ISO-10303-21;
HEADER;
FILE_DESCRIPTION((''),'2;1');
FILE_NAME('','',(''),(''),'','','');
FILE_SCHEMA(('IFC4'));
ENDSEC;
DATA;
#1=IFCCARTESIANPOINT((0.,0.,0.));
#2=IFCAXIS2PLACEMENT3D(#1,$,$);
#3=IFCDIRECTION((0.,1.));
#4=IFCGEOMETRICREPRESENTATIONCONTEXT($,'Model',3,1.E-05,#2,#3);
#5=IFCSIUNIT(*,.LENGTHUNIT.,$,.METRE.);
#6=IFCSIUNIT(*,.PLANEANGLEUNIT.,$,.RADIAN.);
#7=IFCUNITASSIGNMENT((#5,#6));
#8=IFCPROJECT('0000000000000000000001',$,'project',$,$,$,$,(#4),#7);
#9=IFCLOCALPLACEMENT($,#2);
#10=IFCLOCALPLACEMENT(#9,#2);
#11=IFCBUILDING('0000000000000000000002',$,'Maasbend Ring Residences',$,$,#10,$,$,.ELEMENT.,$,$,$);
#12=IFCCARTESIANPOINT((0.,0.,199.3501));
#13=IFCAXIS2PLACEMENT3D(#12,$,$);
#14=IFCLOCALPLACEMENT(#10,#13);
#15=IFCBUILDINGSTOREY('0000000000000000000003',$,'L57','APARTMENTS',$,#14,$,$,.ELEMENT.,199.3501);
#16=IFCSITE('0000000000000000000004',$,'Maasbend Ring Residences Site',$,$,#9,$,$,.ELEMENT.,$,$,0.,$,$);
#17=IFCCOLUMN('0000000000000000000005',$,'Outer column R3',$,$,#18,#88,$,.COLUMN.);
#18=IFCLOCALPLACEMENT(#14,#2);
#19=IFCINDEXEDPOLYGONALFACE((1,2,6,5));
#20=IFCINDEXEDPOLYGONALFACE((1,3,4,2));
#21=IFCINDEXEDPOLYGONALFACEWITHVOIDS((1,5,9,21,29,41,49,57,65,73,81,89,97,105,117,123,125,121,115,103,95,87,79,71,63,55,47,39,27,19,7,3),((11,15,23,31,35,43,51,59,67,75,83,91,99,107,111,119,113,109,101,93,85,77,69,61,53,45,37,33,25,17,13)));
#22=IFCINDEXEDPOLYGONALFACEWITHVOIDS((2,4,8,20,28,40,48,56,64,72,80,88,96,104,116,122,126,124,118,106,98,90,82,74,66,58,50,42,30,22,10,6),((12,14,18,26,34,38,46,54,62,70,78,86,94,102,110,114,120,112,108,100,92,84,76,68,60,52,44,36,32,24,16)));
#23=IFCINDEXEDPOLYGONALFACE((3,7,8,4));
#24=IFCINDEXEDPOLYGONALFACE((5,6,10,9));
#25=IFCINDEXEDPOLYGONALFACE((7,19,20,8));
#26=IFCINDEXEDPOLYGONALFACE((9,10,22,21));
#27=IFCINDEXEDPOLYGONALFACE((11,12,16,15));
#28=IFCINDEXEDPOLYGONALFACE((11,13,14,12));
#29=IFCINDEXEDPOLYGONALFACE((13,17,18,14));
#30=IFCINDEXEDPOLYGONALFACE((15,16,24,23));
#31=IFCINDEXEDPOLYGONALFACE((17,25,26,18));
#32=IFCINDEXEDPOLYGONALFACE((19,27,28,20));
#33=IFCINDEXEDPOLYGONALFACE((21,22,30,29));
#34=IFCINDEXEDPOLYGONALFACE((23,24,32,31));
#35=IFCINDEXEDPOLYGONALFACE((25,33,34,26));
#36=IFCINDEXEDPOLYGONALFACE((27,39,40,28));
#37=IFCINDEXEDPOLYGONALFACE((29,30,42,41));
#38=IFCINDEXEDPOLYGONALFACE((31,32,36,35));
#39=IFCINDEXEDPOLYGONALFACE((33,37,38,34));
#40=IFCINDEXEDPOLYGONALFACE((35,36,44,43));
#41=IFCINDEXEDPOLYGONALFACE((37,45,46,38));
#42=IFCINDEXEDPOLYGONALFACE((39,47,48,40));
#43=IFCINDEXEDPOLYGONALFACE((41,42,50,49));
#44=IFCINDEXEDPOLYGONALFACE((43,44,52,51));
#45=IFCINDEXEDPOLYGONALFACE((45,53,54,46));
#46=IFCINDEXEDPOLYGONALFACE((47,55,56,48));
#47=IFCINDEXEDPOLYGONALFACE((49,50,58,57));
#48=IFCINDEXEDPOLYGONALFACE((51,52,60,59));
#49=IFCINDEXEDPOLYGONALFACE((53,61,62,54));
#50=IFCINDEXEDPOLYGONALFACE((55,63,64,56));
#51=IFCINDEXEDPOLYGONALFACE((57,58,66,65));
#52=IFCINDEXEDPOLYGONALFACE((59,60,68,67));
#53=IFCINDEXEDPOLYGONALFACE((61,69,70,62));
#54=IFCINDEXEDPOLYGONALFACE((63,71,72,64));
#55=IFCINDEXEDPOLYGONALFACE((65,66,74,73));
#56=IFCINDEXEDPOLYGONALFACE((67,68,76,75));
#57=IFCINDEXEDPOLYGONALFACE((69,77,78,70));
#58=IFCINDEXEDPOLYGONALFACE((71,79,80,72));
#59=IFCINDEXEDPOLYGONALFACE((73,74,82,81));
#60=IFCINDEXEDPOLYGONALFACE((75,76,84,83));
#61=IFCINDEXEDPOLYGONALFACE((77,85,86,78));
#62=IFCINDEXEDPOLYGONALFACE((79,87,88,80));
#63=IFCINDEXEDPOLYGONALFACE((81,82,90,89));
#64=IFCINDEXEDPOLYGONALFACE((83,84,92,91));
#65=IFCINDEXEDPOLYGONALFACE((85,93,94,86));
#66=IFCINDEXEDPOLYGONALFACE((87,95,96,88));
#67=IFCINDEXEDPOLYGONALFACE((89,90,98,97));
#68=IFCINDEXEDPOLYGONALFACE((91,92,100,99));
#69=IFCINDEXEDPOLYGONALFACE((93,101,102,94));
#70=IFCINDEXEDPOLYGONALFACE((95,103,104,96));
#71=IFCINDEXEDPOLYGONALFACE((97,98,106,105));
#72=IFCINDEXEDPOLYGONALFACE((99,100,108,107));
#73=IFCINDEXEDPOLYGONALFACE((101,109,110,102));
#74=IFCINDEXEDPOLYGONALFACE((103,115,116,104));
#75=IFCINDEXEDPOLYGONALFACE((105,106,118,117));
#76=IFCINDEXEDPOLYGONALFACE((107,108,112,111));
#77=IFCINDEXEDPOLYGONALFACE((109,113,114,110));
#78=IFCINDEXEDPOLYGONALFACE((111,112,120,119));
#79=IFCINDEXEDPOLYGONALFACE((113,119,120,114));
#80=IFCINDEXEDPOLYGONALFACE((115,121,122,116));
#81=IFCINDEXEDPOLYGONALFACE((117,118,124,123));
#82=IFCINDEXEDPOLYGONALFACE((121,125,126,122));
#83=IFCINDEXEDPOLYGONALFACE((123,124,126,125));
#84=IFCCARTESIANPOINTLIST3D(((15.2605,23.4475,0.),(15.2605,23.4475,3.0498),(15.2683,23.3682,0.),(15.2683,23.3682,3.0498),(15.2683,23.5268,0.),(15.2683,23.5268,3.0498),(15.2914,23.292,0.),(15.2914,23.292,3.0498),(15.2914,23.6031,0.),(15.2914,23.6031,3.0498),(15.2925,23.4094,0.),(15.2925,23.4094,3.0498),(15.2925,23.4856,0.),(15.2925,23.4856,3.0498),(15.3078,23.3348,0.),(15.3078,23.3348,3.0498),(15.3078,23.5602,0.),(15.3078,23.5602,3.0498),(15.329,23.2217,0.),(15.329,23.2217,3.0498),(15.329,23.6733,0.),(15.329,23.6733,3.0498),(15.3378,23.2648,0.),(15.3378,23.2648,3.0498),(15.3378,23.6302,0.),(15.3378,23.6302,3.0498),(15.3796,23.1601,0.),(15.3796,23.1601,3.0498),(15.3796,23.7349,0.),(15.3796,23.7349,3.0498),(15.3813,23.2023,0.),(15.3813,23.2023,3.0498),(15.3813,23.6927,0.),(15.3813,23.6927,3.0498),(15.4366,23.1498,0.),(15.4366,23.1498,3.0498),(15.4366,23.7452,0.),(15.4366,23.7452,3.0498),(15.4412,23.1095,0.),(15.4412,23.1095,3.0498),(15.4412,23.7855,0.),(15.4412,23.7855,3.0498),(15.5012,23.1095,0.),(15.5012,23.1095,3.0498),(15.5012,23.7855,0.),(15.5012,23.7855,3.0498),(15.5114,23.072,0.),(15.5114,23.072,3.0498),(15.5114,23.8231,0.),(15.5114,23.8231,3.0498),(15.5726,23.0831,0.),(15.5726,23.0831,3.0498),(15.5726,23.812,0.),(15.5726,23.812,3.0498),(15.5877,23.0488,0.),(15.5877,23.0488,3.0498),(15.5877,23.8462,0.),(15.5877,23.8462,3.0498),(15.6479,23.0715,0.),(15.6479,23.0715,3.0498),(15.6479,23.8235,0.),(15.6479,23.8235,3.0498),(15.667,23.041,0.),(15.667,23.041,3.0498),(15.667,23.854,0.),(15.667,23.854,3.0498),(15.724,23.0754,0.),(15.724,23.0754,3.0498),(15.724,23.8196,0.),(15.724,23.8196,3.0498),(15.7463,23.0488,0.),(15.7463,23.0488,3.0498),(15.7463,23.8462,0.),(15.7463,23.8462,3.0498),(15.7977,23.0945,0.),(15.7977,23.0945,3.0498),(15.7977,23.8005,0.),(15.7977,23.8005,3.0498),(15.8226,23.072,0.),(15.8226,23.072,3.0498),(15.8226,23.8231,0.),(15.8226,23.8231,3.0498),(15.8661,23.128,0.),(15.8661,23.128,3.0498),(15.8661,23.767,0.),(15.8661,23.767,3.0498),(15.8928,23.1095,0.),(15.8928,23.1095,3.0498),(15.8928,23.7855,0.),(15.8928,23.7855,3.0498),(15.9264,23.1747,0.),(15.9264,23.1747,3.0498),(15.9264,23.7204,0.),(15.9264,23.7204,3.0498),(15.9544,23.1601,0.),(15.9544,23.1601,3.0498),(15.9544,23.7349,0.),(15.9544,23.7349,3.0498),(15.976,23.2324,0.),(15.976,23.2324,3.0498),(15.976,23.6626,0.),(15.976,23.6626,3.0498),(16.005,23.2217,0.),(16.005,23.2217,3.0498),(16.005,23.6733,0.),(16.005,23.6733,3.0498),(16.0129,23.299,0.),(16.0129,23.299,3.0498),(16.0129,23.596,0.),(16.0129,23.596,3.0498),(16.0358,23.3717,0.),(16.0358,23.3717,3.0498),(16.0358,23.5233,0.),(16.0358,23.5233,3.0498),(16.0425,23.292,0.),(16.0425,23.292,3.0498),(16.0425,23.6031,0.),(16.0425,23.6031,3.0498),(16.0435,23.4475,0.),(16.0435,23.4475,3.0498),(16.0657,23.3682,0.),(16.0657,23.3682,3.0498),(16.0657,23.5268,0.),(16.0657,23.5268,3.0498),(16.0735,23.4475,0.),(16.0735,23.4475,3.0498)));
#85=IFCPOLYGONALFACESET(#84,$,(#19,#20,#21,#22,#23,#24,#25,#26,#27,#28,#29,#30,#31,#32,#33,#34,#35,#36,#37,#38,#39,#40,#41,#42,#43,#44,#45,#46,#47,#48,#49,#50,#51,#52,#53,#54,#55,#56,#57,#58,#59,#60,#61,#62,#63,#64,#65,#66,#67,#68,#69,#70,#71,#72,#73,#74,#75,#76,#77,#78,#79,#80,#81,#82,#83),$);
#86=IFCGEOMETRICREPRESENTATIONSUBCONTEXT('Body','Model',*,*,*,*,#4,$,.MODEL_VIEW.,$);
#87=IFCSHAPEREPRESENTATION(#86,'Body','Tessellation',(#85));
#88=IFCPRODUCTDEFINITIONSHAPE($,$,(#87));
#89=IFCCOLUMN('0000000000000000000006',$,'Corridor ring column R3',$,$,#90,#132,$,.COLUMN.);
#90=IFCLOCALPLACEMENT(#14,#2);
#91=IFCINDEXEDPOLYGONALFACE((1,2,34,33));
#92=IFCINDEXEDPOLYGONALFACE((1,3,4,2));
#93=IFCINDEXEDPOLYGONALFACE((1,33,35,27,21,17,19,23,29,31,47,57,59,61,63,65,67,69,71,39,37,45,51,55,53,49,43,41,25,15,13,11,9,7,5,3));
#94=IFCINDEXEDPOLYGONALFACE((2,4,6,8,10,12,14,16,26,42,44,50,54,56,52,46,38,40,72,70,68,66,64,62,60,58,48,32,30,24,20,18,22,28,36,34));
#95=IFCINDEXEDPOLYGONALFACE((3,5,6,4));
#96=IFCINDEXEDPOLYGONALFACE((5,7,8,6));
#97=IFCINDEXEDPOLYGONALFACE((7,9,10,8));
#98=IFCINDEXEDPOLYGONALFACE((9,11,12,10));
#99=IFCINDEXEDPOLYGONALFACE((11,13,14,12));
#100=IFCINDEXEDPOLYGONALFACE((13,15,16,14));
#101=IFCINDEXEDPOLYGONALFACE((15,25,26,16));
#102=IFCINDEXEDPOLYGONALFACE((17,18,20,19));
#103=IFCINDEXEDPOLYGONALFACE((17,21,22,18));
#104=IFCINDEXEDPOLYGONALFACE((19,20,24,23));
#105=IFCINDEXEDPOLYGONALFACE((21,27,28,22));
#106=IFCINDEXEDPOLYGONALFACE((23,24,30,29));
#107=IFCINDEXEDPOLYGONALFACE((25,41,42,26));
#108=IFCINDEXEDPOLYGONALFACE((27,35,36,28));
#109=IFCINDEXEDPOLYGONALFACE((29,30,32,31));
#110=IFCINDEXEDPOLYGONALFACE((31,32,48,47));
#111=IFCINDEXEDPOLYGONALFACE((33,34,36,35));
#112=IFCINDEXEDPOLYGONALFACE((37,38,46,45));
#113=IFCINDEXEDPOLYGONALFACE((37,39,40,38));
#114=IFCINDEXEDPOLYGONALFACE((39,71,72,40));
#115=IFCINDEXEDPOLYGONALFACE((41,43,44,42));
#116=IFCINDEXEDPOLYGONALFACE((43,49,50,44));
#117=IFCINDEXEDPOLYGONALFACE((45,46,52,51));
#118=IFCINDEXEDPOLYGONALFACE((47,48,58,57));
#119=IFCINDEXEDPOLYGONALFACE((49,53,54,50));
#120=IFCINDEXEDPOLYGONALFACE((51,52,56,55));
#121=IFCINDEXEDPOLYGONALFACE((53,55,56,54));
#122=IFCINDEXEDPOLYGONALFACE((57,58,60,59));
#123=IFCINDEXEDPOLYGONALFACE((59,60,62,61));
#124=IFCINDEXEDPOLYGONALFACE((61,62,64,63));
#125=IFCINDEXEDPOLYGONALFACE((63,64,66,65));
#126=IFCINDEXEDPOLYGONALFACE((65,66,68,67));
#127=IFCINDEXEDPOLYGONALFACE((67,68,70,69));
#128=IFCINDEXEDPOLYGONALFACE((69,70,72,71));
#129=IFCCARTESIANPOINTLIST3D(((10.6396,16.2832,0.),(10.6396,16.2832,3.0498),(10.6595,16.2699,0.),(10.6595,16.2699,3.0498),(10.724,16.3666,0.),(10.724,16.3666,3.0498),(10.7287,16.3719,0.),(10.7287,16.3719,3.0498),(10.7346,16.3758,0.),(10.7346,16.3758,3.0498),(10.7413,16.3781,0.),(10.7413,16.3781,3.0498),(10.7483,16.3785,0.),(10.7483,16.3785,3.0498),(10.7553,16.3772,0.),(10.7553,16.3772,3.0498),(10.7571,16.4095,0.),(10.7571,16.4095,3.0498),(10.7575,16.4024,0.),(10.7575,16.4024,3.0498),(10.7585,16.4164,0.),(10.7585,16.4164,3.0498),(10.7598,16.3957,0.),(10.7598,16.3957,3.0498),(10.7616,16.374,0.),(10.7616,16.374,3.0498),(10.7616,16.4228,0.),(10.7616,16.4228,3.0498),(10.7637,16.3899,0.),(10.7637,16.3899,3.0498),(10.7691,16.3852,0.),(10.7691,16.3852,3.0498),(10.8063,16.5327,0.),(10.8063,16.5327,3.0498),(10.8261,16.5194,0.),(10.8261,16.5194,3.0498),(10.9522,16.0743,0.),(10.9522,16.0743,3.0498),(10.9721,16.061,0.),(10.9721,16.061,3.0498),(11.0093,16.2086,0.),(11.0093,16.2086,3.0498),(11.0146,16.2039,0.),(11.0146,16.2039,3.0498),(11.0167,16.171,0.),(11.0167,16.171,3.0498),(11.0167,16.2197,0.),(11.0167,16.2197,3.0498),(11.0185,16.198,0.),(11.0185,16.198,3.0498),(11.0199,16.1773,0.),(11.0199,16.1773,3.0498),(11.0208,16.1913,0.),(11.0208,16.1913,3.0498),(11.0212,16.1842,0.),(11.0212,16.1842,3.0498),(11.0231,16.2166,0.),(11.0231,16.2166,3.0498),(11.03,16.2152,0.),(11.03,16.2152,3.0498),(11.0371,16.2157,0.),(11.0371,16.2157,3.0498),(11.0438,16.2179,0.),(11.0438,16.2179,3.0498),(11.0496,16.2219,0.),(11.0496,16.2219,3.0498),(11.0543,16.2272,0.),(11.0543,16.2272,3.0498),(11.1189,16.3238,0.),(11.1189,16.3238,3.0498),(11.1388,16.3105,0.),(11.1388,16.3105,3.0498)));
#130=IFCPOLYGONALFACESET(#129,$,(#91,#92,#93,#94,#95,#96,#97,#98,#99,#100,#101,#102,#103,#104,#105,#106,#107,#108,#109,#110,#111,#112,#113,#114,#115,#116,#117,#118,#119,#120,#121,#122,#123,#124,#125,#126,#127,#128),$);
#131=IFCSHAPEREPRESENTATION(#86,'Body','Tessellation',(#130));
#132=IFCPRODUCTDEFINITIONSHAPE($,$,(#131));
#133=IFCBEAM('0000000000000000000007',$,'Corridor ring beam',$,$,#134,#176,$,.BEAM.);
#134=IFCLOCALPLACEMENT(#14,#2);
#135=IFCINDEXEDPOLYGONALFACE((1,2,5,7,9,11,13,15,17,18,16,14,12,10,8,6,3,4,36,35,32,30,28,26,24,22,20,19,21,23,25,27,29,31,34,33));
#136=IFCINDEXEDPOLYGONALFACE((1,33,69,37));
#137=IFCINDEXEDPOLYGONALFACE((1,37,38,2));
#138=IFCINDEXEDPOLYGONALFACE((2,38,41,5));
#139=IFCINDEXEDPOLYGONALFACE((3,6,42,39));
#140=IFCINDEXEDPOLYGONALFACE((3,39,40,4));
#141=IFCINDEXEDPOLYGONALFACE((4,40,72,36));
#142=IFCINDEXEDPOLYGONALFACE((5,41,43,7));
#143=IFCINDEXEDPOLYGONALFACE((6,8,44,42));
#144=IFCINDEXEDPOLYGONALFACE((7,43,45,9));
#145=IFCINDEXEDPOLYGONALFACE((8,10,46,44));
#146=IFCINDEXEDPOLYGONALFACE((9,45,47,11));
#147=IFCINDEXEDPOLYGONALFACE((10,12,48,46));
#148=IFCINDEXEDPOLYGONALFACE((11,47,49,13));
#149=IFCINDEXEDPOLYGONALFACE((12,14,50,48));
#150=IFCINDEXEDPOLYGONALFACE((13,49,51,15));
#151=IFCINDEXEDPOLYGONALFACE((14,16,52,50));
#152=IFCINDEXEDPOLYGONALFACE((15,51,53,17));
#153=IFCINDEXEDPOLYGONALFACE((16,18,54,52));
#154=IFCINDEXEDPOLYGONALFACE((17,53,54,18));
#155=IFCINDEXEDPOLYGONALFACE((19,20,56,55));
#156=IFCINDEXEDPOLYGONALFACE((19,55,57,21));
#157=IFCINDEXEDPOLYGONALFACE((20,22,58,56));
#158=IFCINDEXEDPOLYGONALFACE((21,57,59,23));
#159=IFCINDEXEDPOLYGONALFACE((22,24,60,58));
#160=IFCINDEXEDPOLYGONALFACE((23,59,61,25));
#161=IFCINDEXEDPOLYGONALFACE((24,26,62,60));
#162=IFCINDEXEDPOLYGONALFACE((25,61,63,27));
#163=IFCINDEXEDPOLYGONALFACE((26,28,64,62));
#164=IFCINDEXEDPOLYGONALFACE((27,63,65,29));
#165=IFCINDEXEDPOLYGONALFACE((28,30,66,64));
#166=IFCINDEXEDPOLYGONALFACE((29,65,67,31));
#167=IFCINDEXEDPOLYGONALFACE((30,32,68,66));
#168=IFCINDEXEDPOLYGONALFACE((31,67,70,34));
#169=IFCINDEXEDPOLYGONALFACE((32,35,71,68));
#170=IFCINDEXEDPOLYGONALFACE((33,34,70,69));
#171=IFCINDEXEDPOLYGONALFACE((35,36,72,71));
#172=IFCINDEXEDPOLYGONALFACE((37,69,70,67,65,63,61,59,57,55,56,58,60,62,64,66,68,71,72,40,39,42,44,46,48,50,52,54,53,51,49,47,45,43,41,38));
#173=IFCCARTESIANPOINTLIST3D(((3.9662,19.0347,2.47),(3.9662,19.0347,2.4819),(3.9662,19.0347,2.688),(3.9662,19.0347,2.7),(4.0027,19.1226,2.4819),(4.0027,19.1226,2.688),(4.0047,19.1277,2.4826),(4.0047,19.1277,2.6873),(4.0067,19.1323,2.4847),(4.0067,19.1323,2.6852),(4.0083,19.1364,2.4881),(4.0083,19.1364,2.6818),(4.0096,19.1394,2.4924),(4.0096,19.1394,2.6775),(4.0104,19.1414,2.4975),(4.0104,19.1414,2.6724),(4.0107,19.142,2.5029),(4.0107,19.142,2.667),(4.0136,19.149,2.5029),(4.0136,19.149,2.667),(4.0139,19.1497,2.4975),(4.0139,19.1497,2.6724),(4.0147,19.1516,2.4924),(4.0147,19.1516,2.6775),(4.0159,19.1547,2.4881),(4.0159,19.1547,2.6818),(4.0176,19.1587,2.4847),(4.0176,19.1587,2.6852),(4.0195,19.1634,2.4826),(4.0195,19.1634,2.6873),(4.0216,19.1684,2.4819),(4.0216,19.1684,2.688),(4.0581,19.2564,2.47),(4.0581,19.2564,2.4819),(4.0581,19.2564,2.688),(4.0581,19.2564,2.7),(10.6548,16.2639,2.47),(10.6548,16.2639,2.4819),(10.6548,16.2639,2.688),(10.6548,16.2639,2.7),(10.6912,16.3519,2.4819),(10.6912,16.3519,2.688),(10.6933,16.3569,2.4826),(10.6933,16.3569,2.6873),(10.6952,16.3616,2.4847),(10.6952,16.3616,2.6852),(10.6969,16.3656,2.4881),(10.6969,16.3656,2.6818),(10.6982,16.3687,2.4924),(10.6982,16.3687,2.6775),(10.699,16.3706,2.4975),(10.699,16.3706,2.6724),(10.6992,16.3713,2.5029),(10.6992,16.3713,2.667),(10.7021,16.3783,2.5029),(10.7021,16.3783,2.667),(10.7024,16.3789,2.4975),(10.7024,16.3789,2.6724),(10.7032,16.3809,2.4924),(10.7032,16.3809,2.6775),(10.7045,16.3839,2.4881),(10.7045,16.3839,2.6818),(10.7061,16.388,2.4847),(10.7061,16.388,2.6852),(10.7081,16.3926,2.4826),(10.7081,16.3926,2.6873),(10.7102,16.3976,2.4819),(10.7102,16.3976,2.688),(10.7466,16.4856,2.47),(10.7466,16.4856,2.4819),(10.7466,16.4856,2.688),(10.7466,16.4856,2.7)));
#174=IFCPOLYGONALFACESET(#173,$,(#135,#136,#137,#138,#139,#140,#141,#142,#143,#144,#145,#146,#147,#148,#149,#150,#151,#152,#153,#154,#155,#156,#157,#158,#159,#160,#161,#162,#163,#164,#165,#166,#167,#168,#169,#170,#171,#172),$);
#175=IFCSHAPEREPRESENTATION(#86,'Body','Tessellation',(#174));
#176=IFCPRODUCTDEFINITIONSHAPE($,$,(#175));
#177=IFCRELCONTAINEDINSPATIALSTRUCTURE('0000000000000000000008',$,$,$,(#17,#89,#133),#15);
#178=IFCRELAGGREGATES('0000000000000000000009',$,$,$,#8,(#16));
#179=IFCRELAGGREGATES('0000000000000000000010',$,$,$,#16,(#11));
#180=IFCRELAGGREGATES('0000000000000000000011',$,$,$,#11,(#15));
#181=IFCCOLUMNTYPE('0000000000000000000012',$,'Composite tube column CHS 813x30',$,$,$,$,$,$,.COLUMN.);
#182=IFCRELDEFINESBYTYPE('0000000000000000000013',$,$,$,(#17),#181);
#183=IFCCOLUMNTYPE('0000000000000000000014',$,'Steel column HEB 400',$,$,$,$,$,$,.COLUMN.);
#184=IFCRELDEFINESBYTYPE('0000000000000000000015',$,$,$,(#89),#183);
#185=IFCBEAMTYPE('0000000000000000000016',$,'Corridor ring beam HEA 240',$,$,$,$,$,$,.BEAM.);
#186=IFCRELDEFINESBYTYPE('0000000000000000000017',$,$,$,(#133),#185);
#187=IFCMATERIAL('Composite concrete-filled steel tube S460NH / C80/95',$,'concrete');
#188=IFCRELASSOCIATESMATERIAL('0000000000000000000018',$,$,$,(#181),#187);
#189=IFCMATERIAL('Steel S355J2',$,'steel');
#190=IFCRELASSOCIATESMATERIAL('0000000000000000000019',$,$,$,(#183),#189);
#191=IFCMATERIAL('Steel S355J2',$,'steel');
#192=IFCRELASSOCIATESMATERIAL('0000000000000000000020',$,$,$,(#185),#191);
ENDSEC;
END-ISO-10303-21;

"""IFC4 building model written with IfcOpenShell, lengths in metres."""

from ifc_helpers import new_model, si_unit, direction, frame, origin, origin_2d, place, context, subcontext, project, spatial, hollow_circle, i_section, extrude, material, material_profile, profile_set, type_object, element, save


model = new_model("IFC4")

# Units and contexts
model_context = context("Model", 3, precision=1e-05, world=origin(), true_north=direction((0.0, 1.0)))
body_context = subcontext(model_context, "Body", "Model", "MODEL_VIEW")
ifc_project = project(units=[si_unit("LENGTHUNIT", "METRE"), si_unit("PLANEANGLEUNIT", "RADIAN")], contexts=[model_context])

# Site, building, storey
site_placement = place(None, origin())
site = spatial("IfcSite", under=ifc_project, at=site_placement, Name="Maasbend Ring Residences Site", CompositionType="ELEMENT", RefElevation=0.0)
building_placement = place(site_placement, origin())
building = spatial("IfcBuilding", under=site, at=building_placement, Name="Maasbend Ring Residences", CompositionType="ELEMENT")
storey_placement = place(building_placement, frame((0.0, 0.0, 199.3501)))
storey = spatial("IfcBuildingStorey", under=building, at=storey_placement, Name="L57", Description="APARTMENTS", CompositionType="ELEMENT", Elevation=199.3501)

# Columns
ifc_material_1 = material(Name="Composite concrete-filled steel tube S460NH / C80/95", Category="concrete")
ifc_material_profile_1 = material_profile(ifc_material_1, hollow_circle(Radius=0.4065, WallThickness=0.03, at=origin_2d()), Name="Composite tube column CHS 813x30")
ifc_profile_set_1 = profile_set([ifc_material_profile_1], Name="Composite concrete-filled steel tube S460NH / C80/95")
column_type_1 = type_object("IfcColumnType", Name="Composite tube column CHS 813x30", PredefinedType="COLUMN", material=ifc_profile_set_1)
column_1_placement = place(storey_placement, frame((15.667, 23.4475, 0.0), z_axis=(0.0, 0.0, 1.0), x_axis=(1.0, 0.0, 0.0)))
element("IfcColumn", 1, at=column_1_placement, inside=storey, type_object=column_type_1, Name="Outer column R3", PredefinedType="COLUMN", context=body_context, shape_type="SweptSolid", body=[
    extrude(hollow_circle(Radius=0.4065, WallThickness=0.03, at=origin_2d()), origin(), (0.0, 0.0, 1.0), 3.0498),
])
ifc_material_2 = material(Name="Steel S355J2", Category="steel")
ifc_material_profile_2 = material_profile(ifc_material_2, i_section(OverallWidth=0.3, OverallDepth=0.3999, WebThickness=0.0134, FlangeThickness=0.0239, FilletRadius=0.0271, at=origin_2d()), Name="HEB 400")
ifc_profile_set_2 = profile_set([ifc_material_profile_2], Name="Steel S355J2")
column_type_2 = type_object("IfcColumnType", Name="Steel column HEB 400", PredefinedType="COLUMN", material=ifc_profile_set_2)
column_2_placement = place(storey_placement, frame((10.8892, 16.2969, 0.0), z_axis=(0.0, 0.0, 1.0), x_axis=(0.55557, 0.83147, 0.0)))
element("IfcColumn", 2, at=column_2_placement, inside=storey, type_object=column_type_2, Name="Corridor ring column R3", PredefinedType="COLUMN", context=body_context, shape_type="SweptSolid", body=[
    extrude(i_section(OverallWidth=0.3, OverallDepth=0.3999, WebThickness=0.0134, FlangeThickness=0.0239, FilletRadius=0.0271, at=origin_2d()), origin(), (0.0, 0.0, 1.0), 3.0498),
])

# Beam
ifc_material_3 = material(Name="Steel S355J2", Category="steel")
ifc_material_profile_3 = material_profile(ifc_material_3, i_section(OverallWidth=0.24, OverallDepth=0.23, WebThickness=0.0076, FlangeThickness=0.012, FilletRadius=0.021, at=origin_2d()), Name="HEA 240")
ifc_profile_set_3 = profile_set([ifc_material_profile_3], Name="Steel S355J2")
beam_type_1 = type_object("IfcBeamType", Name="Corridor ring beam HEA 240", PredefinedType="BEAM", material=ifc_profile_set_3)
beam_1_placement = place(storey_placement, frame((10.7007, 16.3748, 2.585), z_axis=(-0.923865, 0.382718, 0.0), x_axis=(-0.382718, -0.923865, 0.0)))
element("IfcBeam", 3, at=beam_1_placement, inside=storey, type_object=beam_type_1, Name="Corridor ring beam", PredefinedType="BEAM", context=body_context, shape_type="SweptSolid", body=[
    extrude(i_section(OverallWidth=0.24, OverallDepth=0.23, WebThickness=0.0076, FlangeThickness=0.012, FilletRadius=0.021, at=origin_2d()), origin(), (0.0, 0.0, 1.0), 7.2397),
])

save(model, "model.ifc")
